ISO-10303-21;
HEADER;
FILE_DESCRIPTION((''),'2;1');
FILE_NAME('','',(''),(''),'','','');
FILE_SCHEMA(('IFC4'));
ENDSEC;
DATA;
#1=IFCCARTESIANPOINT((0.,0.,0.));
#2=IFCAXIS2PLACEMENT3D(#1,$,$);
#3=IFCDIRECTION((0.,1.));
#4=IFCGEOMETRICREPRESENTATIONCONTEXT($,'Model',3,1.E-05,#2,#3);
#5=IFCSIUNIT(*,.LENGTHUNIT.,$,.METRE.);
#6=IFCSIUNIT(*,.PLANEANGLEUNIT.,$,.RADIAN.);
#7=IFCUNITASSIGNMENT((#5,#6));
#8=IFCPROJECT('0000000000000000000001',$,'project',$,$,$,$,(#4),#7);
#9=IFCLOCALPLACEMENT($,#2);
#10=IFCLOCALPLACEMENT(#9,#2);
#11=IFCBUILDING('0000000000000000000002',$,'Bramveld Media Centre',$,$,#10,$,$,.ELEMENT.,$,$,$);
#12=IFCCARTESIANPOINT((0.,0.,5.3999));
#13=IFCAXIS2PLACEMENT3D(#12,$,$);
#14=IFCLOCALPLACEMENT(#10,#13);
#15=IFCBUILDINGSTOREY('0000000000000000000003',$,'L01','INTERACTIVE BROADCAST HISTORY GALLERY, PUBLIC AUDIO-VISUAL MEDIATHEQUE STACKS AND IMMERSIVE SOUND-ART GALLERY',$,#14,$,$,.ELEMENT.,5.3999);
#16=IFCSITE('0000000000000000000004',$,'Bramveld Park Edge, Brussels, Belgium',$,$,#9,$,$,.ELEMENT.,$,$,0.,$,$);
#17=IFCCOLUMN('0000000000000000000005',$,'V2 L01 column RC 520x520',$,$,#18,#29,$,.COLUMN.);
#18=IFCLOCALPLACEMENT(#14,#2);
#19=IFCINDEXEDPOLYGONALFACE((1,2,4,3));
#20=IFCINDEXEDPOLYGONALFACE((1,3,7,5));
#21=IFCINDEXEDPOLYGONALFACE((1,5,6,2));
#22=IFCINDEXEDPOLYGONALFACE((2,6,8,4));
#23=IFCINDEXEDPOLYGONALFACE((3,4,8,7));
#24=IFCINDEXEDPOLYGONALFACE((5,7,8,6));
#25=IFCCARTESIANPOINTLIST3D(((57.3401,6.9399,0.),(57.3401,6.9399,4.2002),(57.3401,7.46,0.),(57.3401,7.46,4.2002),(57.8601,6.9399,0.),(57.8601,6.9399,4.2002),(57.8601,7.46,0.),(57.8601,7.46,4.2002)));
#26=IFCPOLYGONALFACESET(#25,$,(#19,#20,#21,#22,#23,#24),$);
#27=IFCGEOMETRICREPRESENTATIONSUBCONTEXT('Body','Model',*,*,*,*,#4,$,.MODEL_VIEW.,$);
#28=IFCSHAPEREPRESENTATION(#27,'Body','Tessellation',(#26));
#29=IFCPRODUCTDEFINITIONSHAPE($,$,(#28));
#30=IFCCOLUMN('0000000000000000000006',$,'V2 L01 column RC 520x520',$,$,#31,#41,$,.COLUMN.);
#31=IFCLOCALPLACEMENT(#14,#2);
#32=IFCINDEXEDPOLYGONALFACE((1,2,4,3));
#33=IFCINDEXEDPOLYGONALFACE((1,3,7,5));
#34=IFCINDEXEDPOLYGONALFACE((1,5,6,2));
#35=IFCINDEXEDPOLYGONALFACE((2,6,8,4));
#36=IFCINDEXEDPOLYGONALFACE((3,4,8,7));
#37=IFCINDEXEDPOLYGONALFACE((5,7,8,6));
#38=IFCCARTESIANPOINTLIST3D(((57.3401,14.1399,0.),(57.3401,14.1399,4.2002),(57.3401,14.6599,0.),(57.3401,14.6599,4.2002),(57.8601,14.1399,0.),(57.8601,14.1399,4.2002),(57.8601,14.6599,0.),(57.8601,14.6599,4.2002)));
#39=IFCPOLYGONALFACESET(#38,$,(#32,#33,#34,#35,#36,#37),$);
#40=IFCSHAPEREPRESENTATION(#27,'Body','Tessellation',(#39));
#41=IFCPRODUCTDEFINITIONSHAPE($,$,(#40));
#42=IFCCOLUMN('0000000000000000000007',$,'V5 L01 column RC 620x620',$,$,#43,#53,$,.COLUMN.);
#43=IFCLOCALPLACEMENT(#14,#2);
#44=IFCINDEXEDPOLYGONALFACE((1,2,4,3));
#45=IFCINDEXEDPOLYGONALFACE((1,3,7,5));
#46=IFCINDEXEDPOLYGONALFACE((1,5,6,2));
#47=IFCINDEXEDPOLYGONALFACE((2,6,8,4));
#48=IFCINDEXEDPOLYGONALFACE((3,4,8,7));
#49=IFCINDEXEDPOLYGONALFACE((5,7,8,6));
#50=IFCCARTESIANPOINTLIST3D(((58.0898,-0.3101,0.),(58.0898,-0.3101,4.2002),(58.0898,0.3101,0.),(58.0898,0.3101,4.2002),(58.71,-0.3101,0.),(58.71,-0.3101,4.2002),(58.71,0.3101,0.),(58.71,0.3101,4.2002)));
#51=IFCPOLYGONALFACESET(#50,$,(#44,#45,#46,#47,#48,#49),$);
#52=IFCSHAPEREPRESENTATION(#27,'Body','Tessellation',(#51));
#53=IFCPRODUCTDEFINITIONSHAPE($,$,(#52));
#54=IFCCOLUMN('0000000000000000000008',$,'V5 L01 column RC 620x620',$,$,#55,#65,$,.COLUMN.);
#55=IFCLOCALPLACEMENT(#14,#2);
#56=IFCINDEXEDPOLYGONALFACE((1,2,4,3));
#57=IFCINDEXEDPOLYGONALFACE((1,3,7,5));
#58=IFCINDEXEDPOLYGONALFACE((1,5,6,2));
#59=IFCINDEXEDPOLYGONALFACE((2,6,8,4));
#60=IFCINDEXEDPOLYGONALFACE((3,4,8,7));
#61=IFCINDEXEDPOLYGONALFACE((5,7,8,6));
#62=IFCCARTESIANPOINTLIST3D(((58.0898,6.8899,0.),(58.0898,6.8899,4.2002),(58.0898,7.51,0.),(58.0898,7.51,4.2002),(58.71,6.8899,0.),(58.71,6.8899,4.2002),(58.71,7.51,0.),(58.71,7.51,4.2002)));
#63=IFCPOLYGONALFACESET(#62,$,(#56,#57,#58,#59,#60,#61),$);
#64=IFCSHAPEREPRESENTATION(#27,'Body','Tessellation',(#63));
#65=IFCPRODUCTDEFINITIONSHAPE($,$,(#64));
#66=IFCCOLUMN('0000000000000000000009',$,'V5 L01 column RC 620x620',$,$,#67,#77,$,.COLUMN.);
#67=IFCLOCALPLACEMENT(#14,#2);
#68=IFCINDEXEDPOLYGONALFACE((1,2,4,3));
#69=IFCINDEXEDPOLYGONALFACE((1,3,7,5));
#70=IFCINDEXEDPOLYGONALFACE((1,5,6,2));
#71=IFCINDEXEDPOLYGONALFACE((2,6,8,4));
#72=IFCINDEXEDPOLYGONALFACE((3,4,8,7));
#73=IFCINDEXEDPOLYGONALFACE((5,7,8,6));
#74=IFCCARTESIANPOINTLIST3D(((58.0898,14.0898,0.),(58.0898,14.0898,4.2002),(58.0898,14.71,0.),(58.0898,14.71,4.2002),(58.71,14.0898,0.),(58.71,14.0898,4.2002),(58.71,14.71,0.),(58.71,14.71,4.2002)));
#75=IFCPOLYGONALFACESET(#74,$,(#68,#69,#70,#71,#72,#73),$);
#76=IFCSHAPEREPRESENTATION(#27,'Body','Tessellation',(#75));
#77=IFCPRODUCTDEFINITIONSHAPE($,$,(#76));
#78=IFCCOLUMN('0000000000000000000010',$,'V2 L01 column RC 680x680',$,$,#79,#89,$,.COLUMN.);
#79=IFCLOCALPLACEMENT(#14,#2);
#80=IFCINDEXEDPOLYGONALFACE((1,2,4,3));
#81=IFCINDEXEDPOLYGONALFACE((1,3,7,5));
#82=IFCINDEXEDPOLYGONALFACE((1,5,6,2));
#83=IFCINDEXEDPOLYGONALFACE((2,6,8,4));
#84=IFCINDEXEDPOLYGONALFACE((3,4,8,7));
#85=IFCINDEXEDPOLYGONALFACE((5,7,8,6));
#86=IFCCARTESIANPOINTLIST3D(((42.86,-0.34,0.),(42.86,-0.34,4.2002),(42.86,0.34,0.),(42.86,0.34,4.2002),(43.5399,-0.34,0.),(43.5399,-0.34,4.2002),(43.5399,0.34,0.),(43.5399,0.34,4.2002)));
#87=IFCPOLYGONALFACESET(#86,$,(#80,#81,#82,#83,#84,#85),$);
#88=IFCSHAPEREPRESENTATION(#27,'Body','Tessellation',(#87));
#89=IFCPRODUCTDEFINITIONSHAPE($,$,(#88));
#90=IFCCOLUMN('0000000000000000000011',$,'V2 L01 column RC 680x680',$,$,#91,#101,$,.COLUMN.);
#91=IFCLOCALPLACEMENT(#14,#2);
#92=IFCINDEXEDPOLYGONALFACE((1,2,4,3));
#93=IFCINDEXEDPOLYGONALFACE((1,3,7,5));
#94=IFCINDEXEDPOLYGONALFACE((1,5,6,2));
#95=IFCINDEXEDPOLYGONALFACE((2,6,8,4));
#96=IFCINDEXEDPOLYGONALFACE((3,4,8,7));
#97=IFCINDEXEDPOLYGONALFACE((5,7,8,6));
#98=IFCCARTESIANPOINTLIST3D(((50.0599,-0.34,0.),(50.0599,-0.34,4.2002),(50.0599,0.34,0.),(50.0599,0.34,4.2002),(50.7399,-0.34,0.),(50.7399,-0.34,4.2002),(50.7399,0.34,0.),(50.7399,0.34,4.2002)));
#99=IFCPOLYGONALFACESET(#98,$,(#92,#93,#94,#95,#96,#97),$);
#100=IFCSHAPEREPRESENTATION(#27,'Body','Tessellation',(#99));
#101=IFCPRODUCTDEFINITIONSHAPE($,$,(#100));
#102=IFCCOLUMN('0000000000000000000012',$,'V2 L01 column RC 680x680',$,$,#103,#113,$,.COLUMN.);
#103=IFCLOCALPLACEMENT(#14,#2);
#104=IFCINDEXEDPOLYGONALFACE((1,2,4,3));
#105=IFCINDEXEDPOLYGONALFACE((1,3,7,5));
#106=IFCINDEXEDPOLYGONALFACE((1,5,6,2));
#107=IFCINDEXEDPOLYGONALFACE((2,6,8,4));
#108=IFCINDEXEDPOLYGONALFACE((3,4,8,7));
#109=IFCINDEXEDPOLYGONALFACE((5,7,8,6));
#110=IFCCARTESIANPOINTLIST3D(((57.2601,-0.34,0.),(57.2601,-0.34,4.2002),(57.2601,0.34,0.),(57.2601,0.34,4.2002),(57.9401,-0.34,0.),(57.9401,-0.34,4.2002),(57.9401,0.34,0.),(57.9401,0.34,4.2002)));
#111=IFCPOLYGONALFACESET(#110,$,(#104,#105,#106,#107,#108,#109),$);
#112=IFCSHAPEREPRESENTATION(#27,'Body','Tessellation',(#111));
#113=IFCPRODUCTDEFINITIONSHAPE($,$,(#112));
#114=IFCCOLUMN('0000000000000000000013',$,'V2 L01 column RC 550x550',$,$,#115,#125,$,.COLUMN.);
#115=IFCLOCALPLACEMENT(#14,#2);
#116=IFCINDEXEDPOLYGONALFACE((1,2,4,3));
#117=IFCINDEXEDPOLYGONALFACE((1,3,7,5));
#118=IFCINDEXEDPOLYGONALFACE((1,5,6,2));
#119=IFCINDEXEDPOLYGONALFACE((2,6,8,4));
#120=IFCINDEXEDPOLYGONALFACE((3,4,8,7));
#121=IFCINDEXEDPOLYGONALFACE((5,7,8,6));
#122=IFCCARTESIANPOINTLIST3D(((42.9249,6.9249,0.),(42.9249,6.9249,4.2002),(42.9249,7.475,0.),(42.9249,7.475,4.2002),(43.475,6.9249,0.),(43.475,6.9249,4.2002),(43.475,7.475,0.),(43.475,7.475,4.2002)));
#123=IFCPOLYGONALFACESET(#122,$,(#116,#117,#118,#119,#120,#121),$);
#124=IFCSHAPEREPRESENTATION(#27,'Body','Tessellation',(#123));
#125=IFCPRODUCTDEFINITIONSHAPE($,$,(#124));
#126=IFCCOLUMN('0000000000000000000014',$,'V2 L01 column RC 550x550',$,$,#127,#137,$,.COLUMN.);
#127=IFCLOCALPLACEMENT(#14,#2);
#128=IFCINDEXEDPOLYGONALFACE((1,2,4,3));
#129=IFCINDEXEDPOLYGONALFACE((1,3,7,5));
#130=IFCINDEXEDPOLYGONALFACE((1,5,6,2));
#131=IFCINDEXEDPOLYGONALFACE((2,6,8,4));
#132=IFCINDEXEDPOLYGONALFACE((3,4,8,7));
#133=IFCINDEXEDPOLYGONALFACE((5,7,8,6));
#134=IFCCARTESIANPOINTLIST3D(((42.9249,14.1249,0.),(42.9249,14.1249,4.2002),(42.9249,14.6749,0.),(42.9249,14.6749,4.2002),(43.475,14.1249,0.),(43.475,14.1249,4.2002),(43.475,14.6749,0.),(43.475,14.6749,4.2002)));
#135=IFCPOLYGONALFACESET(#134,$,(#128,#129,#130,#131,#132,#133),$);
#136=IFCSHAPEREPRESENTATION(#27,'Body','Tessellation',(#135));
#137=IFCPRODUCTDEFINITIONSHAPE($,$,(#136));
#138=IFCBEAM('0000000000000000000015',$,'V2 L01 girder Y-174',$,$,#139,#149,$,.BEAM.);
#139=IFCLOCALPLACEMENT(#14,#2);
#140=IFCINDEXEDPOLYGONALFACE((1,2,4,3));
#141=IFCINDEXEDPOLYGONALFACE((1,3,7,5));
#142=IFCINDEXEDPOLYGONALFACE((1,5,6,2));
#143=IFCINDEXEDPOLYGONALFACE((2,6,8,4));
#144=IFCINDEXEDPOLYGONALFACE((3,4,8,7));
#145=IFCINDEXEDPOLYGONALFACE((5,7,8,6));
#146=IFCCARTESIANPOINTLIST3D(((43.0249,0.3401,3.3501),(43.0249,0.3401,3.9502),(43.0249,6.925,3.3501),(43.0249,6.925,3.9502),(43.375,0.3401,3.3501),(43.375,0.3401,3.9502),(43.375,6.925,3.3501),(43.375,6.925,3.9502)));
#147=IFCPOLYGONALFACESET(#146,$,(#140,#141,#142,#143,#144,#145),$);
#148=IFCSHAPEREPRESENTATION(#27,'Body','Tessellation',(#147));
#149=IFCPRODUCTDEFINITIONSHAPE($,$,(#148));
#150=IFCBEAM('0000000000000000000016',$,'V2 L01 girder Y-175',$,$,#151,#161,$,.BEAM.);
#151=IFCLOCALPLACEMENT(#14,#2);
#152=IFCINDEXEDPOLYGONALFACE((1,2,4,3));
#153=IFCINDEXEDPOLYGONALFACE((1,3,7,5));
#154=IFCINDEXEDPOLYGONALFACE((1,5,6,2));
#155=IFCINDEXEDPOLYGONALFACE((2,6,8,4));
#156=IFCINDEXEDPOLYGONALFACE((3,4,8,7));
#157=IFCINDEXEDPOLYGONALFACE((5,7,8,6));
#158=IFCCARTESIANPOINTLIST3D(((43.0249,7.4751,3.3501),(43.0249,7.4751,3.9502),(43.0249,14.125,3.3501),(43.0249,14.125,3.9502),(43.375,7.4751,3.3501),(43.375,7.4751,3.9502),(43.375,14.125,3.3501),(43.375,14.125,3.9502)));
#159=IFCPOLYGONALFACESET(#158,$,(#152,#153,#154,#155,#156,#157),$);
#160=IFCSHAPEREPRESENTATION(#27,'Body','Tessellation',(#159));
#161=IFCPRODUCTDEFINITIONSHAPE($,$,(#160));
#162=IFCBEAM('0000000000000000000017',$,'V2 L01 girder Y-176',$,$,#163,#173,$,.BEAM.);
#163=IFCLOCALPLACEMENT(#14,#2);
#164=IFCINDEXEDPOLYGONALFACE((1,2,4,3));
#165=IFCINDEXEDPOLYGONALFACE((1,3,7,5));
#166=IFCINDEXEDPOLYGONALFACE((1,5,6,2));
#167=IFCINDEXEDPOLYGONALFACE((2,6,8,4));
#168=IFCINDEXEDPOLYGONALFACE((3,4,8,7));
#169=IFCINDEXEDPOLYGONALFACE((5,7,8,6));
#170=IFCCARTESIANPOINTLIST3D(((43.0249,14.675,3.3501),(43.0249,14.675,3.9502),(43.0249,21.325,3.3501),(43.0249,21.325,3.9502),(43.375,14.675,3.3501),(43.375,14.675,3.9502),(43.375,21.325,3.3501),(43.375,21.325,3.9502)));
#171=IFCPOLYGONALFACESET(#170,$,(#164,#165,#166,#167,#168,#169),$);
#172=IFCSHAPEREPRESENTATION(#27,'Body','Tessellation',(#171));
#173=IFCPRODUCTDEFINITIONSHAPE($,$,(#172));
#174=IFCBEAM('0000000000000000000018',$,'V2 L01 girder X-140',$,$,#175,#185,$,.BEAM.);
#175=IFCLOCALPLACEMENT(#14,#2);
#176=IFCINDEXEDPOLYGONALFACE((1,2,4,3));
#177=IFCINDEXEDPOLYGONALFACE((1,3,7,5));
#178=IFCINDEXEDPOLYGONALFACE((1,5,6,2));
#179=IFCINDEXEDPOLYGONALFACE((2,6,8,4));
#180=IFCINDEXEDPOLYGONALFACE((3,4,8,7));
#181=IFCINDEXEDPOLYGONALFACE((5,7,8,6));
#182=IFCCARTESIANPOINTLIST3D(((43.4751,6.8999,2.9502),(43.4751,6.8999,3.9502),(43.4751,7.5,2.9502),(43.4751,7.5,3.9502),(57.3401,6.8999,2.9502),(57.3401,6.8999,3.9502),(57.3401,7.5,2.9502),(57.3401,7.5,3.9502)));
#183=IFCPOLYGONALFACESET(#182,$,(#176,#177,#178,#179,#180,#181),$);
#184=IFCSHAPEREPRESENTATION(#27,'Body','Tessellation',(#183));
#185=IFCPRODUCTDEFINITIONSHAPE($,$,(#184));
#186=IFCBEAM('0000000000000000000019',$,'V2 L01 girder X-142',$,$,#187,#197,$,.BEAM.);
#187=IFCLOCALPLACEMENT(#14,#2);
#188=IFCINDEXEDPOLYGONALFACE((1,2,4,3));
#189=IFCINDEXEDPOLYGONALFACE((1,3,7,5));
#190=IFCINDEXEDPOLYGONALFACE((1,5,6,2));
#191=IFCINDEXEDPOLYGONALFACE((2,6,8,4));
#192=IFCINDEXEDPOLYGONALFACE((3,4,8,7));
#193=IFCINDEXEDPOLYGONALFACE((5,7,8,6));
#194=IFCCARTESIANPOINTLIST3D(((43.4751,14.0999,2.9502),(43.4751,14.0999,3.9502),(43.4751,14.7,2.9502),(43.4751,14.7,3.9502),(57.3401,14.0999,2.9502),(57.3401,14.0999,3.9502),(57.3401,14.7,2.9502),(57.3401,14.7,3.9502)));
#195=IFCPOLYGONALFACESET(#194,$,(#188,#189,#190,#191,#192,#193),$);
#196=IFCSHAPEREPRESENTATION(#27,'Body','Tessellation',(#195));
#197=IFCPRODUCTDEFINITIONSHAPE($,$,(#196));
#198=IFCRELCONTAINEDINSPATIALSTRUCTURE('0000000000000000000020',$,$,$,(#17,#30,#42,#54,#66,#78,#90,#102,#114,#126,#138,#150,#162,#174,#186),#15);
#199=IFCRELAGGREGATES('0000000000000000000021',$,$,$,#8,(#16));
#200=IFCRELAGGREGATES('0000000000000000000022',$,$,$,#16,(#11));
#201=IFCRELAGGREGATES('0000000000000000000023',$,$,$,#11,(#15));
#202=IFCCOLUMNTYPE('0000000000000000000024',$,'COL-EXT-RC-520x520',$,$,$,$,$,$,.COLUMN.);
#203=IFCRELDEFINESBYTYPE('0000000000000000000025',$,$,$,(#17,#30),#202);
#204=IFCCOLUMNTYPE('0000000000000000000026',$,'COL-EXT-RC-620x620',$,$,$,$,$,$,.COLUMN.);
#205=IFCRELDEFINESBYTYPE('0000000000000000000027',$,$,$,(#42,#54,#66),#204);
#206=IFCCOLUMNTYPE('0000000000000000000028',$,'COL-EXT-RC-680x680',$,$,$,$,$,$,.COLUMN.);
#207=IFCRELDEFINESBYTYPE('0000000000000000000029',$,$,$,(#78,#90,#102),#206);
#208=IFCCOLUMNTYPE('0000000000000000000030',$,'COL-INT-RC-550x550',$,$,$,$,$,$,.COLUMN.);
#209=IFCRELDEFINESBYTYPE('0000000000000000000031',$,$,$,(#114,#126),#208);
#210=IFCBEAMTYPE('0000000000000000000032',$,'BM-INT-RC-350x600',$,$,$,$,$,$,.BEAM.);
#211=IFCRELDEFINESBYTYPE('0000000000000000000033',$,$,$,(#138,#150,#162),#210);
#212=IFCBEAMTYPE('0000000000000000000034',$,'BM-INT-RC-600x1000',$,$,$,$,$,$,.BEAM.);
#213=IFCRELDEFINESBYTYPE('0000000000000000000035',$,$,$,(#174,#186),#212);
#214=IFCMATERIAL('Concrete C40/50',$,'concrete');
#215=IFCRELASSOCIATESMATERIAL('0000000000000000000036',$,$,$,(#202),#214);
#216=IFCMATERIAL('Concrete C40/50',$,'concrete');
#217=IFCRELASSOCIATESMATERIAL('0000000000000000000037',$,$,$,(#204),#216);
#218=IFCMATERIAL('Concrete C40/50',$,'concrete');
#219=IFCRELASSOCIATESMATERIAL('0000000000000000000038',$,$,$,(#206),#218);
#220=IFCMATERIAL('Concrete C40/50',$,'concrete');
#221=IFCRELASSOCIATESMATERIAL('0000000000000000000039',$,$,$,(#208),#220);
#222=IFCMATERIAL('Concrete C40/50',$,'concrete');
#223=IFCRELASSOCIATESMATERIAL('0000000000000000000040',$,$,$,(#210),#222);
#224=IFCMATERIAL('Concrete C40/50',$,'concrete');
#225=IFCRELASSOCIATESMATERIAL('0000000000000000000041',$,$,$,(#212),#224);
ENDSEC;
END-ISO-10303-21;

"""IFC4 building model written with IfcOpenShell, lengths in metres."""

from ifc_helpers import new_model, si_unit, direction, frame, origin, origin_2d, place, context, subcontext, project, spatial, rectangle, extrude, material, material_profile, profile_set, type_object, element, save


model = new_model("IFC4")

# Units and contexts
model_context = context("Model", 3, precision=1e-05, world=origin(), true_north=direction((0.0, 1.0)))
body_context = subcontext(model_context, "Body", "Model", "MODEL_VIEW")
ifc_project = project(units=[si_unit("LENGTHUNIT", "METRE"), si_unit("PLANEANGLEUNIT", "RADIAN")], contexts=[model_context])

# Site, building, storey
site_placement = place(None, origin())
site = spatial("IfcSite", under=ifc_project, at=site_placement, Name="Bramveld Park Edge, Brussels, Belgium", CompositionType="ELEMENT", RefElevation=0.0)
building_placement = place(site_placement, origin())
building = spatial("IfcBuilding", under=site, at=building_placement, Name="Bramveld Media Centre", CompositionType="ELEMENT")
storey_placement = place(building_placement, frame((0.0, 0.0, 5.3999)))
storey = spatial("IfcBuildingStorey", under=building, at=storey_placement, Name="L01", Description="INTERACTIVE BROADCAST HISTORY GALLERY, PUBLIC AUDIO-VISUAL MEDIATHEQUE STACKS AND IMMERSIVE SOUND-ART GALLERY", CompositionType="ELEMENT", Elevation=5.3999)

# Columns
ifc_material_1 = material(Name="Concrete C40/50", Category="concrete")
ifc_material_profile_1 = material_profile(ifc_material_1, rectangle(XDim=0.52, YDim=0.52, at=origin_2d()), Name="RC 520x520")
ifc_profile_set_1 = profile_set([ifc_material_profile_1], Name="Concrete C40/50")
column_type_1 = type_object("IfcColumnType", Name="COL-EXT-RC-520x520", PredefinedType="COLUMN", material=ifc_profile_set_1)
for number, where, z_axis, x_axis, name in (
    (1, (57.6001, 7.2, 0.0), (0.0, 0.0, 1.0), (1.0, 0.0, 0.0), "V2 L01 column RC 520x520"),
    (2, (57.6001, 14.3999, 0.0), (0.0, 0.0, 1.0), (1.0, 0.0, 0.0), "V2 L01 column RC 520x520"),
):
    element("IfcColumn", number, at=place(storey_placement, frame(where, z_axis=z_axis, x_axis=x_axis)), inside=storey, type_object=column_type_1, Name=name, PredefinedType="COLUMN", context=body_context, shape_type="SweptSolid", body=[
        extrude(rectangle(XDim=0.52, YDim=0.52, at=origin_2d()), origin(), (0.0, 0.0, 1.0), 4.2002),
    ])
ifc_material_2 = material(Name="Concrete C40/50", Category="concrete")
ifc_material_profile_2 = material_profile(ifc_material_2, rectangle(XDim=0.6201, YDim=0.6201, at=origin_2d()), Name="RC 620x620")
ifc_profile_set_2 = profile_set([ifc_material_profile_2], Name="Concrete C40/50")
column_type_2 = type_object("IfcColumnType", Name="COL-EXT-RC-620x620", PredefinedType="COLUMN", material=ifc_profile_set_2)
for number, where, z_axis, x_axis, name in (
    (3, (58.3999, 0.0, 0.0), (0.0, 0.0, 1.0), (1.0, 0.0, 0.0), "V5 L01 column RC 620x620"),
    (4, (58.3999, 7.2, 0.0), (0.0, 0.0, 1.0), (1.0, 0.0, 0.0), "V5 L01 column RC 620x620"),
    (5, (58.3999, 14.3999, 0.0), (0.0, 0.0, 1.0), (1.0, 0.0, 0.0), "V5 L01 column RC 620x620"),
):
    element("IfcColumn", number, at=place(storey_placement, frame(where, z_axis=z_axis, x_axis=x_axis)), inside=storey, type_object=column_type_2, Name=name, PredefinedType="COLUMN", context=body_context, shape_type="SweptSolid", body=[
        extrude(rectangle(XDim=0.6201, YDim=0.6201, at=origin_2d()), origin(), (0.0, 0.0, 1.0), 4.2002),
    ])
ifc_material_3 = material(Name="Concrete C40/50", Category="concrete")
ifc_material_profile_3 = material_profile(ifc_material_3, rectangle(XDim=0.6799, YDim=0.6799, at=origin_2d()), Name="RC 680x680")
ifc_profile_set_3 = profile_set([ifc_material_profile_3], Name="Concrete C40/50")
column_type_3 = type_object("IfcColumnType", Name="COL-EXT-RC-680x680", PredefinedType="COLUMN", material=ifc_profile_set_3)
for number, where, z_axis, x_axis, name in (
    (6, (43.2, 0.0, 0.0), (0.0, 0.0, 1.0), (1.0, 0.0, 0.0), "V2 L01 column RC 680x680"),
    (7, (50.3999, 0.0, 0.0), (0.0, 0.0, 1.0), (1.0, 0.0, 0.0), "V2 L01 column RC 680x680"),
    (8, (57.6001, 0.0, 0.0), (0.0, 0.0, 1.0), (1.0, 0.0, 0.0), "V2 L01 column RC 680x680"),
):
    element("IfcColumn", number, at=place(storey_placement, frame(where, z_axis=z_axis, x_axis=x_axis)), inside=storey, type_object=column_type_3, Name=name, PredefinedType="COLUMN", context=body_context, shape_type="SweptSolid", body=[
        extrude(rectangle(XDim=0.6799, YDim=0.6799, at=origin_2d()), origin(), (0.0, 0.0, 1.0), 4.2002),
    ])
ifc_material_4 = material(Name="Concrete C40/50", Category="concrete")
ifc_material_profile_4 = material_profile(ifc_material_4, rectangle(XDim=0.55, YDim=0.55, at=origin_2d()), Name="RC 550x550")
ifc_profile_set_4 = profile_set([ifc_material_profile_4], Name="Concrete C40/50")
column_type_4 = type_object("IfcColumnType", Name="COL-INT-RC-550x550", PredefinedType="COLUMN", material=ifc_profile_set_4)
for number, where, z_axis, x_axis, name in (
    (9, (43.2, 7.2, 0.0), (0.0, 0.0, 1.0), (1.0, 0.0, 0.0), "V2 L01 column RC 550x550"),
    (10, (43.2, 14.3999, 0.0), (0.0, 0.0, 1.0), (1.0, 0.0, 0.0), "V2 L01 column RC 550x550"),
):
    element("IfcColumn", number, at=place(storey_placement, frame(where, z_axis=z_axis, x_axis=x_axis)), inside=storey, type_object=column_type_4, Name=name, PredefinedType="COLUMN", context=body_context, shape_type="SweptSolid", body=[
        extrude(rectangle(XDim=0.55, YDim=0.55, at=origin_2d()), origin(), (0.0, 0.0, 1.0), 4.2002),
    ])

# Beams
ifc_material_5 = material(Name="Concrete C40/50", Category="concrete")
ifc_material_profile_5 = material_profile(ifc_material_5, rectangle(XDim=0.3501, YDim=0.6001, at=origin_2d()), Name="RC 350x600")
ifc_profile_set_5 = profile_set([ifc_material_profile_5], Name="Concrete C40/50")
beam_type_1 = type_object("IfcBeamType", Name="BM-INT-RC-350x600", PredefinedType="BEAM", material=ifc_profile_set_5)
beam_1_placement = place(storey_placement, frame((43.2, 0.3401, 3.6501), z_axis=(0.0, 1.0, 0.0), x_axis=(-1.0, 0.0, 0.0)))
element("IfcBeam", 11, at=beam_1_placement, inside=storey, type_object=beam_type_1, Name="V2 L01 girder Y-174", PredefinedType="BEAM", context=body_context, shape_type="SweptSolid", body=[
    extrude(rectangle(XDim=0.3501, YDim=0.6001, at=origin_2d()), origin(), (0.0, 0.0, 1.0), 6.585),
])
for number, where, z_axis, x_axis, name in (
    (12, (43.2, 7.4751, 3.6501), (0.0, 1.0, 0.0), (-1.0, 0.0, 0.0), "V2 L01 girder Y-175"),
    (13, (43.2, 14.675, 3.6501), (0.0, 1.0, 0.0), (-1.0, 0.0, 0.0), "V2 L01 girder Y-176"),
):
    element("IfcBeam", number, at=place(storey_placement, frame(where, z_axis=z_axis, x_axis=x_axis)), inside=storey, type_object=beam_type_1, Name=name, PredefinedType="BEAM", context=body_context, shape_type="SweptSolid", body=[
        extrude(rectangle(XDim=0.3501, YDim=0.6001, at=origin_2d()), origin(), (0.0, 0.0, 1.0), 6.6499),
    ])
ifc_material_6 = material(Name="Concrete C40/50", Category="concrete")
ifc_material_profile_6 = material_profile(ifc_material_6, rectangle(XDim=0.6001, YDim=1.0, at=origin_2d()), Name="RC 600x1000")
ifc_profile_set_6 = profile_set([ifc_material_profile_6], Name="Concrete C40/50")
beam_type_2 = type_object("IfcBeamType", Name="BM-INT-RC-600x1000", PredefinedType="BEAM", material=ifc_profile_set_6)
for number, where, z_axis, x_axis, name in (
    (14, (43.4751, 7.2, 3.4502), (1.0, 0.0, 0.0), (0.0, 1.0, 0.0), "V2 L01 girder X-140"),
    (15, (43.4751, 14.3999, 3.4502), (1.0, 0.0, 0.0), (0.0, 1.0, 0.0), "V2 L01 girder X-142"),
):
    element("IfcBeam", number, at=place(storey_placement, frame(where, z_axis=z_axis, x_axis=x_axis)), inside=storey, type_object=beam_type_2, Name=name, PredefinedType="BEAM", context=body_context, shape_type="SweptSolid", body=[
        extrude(rectangle(XDim=0.6001, YDim=1.0, at=origin_2d()), origin(), (0.0, 0.0, 1.0), 13.865),
    ])

save(model, "model.ifc")
